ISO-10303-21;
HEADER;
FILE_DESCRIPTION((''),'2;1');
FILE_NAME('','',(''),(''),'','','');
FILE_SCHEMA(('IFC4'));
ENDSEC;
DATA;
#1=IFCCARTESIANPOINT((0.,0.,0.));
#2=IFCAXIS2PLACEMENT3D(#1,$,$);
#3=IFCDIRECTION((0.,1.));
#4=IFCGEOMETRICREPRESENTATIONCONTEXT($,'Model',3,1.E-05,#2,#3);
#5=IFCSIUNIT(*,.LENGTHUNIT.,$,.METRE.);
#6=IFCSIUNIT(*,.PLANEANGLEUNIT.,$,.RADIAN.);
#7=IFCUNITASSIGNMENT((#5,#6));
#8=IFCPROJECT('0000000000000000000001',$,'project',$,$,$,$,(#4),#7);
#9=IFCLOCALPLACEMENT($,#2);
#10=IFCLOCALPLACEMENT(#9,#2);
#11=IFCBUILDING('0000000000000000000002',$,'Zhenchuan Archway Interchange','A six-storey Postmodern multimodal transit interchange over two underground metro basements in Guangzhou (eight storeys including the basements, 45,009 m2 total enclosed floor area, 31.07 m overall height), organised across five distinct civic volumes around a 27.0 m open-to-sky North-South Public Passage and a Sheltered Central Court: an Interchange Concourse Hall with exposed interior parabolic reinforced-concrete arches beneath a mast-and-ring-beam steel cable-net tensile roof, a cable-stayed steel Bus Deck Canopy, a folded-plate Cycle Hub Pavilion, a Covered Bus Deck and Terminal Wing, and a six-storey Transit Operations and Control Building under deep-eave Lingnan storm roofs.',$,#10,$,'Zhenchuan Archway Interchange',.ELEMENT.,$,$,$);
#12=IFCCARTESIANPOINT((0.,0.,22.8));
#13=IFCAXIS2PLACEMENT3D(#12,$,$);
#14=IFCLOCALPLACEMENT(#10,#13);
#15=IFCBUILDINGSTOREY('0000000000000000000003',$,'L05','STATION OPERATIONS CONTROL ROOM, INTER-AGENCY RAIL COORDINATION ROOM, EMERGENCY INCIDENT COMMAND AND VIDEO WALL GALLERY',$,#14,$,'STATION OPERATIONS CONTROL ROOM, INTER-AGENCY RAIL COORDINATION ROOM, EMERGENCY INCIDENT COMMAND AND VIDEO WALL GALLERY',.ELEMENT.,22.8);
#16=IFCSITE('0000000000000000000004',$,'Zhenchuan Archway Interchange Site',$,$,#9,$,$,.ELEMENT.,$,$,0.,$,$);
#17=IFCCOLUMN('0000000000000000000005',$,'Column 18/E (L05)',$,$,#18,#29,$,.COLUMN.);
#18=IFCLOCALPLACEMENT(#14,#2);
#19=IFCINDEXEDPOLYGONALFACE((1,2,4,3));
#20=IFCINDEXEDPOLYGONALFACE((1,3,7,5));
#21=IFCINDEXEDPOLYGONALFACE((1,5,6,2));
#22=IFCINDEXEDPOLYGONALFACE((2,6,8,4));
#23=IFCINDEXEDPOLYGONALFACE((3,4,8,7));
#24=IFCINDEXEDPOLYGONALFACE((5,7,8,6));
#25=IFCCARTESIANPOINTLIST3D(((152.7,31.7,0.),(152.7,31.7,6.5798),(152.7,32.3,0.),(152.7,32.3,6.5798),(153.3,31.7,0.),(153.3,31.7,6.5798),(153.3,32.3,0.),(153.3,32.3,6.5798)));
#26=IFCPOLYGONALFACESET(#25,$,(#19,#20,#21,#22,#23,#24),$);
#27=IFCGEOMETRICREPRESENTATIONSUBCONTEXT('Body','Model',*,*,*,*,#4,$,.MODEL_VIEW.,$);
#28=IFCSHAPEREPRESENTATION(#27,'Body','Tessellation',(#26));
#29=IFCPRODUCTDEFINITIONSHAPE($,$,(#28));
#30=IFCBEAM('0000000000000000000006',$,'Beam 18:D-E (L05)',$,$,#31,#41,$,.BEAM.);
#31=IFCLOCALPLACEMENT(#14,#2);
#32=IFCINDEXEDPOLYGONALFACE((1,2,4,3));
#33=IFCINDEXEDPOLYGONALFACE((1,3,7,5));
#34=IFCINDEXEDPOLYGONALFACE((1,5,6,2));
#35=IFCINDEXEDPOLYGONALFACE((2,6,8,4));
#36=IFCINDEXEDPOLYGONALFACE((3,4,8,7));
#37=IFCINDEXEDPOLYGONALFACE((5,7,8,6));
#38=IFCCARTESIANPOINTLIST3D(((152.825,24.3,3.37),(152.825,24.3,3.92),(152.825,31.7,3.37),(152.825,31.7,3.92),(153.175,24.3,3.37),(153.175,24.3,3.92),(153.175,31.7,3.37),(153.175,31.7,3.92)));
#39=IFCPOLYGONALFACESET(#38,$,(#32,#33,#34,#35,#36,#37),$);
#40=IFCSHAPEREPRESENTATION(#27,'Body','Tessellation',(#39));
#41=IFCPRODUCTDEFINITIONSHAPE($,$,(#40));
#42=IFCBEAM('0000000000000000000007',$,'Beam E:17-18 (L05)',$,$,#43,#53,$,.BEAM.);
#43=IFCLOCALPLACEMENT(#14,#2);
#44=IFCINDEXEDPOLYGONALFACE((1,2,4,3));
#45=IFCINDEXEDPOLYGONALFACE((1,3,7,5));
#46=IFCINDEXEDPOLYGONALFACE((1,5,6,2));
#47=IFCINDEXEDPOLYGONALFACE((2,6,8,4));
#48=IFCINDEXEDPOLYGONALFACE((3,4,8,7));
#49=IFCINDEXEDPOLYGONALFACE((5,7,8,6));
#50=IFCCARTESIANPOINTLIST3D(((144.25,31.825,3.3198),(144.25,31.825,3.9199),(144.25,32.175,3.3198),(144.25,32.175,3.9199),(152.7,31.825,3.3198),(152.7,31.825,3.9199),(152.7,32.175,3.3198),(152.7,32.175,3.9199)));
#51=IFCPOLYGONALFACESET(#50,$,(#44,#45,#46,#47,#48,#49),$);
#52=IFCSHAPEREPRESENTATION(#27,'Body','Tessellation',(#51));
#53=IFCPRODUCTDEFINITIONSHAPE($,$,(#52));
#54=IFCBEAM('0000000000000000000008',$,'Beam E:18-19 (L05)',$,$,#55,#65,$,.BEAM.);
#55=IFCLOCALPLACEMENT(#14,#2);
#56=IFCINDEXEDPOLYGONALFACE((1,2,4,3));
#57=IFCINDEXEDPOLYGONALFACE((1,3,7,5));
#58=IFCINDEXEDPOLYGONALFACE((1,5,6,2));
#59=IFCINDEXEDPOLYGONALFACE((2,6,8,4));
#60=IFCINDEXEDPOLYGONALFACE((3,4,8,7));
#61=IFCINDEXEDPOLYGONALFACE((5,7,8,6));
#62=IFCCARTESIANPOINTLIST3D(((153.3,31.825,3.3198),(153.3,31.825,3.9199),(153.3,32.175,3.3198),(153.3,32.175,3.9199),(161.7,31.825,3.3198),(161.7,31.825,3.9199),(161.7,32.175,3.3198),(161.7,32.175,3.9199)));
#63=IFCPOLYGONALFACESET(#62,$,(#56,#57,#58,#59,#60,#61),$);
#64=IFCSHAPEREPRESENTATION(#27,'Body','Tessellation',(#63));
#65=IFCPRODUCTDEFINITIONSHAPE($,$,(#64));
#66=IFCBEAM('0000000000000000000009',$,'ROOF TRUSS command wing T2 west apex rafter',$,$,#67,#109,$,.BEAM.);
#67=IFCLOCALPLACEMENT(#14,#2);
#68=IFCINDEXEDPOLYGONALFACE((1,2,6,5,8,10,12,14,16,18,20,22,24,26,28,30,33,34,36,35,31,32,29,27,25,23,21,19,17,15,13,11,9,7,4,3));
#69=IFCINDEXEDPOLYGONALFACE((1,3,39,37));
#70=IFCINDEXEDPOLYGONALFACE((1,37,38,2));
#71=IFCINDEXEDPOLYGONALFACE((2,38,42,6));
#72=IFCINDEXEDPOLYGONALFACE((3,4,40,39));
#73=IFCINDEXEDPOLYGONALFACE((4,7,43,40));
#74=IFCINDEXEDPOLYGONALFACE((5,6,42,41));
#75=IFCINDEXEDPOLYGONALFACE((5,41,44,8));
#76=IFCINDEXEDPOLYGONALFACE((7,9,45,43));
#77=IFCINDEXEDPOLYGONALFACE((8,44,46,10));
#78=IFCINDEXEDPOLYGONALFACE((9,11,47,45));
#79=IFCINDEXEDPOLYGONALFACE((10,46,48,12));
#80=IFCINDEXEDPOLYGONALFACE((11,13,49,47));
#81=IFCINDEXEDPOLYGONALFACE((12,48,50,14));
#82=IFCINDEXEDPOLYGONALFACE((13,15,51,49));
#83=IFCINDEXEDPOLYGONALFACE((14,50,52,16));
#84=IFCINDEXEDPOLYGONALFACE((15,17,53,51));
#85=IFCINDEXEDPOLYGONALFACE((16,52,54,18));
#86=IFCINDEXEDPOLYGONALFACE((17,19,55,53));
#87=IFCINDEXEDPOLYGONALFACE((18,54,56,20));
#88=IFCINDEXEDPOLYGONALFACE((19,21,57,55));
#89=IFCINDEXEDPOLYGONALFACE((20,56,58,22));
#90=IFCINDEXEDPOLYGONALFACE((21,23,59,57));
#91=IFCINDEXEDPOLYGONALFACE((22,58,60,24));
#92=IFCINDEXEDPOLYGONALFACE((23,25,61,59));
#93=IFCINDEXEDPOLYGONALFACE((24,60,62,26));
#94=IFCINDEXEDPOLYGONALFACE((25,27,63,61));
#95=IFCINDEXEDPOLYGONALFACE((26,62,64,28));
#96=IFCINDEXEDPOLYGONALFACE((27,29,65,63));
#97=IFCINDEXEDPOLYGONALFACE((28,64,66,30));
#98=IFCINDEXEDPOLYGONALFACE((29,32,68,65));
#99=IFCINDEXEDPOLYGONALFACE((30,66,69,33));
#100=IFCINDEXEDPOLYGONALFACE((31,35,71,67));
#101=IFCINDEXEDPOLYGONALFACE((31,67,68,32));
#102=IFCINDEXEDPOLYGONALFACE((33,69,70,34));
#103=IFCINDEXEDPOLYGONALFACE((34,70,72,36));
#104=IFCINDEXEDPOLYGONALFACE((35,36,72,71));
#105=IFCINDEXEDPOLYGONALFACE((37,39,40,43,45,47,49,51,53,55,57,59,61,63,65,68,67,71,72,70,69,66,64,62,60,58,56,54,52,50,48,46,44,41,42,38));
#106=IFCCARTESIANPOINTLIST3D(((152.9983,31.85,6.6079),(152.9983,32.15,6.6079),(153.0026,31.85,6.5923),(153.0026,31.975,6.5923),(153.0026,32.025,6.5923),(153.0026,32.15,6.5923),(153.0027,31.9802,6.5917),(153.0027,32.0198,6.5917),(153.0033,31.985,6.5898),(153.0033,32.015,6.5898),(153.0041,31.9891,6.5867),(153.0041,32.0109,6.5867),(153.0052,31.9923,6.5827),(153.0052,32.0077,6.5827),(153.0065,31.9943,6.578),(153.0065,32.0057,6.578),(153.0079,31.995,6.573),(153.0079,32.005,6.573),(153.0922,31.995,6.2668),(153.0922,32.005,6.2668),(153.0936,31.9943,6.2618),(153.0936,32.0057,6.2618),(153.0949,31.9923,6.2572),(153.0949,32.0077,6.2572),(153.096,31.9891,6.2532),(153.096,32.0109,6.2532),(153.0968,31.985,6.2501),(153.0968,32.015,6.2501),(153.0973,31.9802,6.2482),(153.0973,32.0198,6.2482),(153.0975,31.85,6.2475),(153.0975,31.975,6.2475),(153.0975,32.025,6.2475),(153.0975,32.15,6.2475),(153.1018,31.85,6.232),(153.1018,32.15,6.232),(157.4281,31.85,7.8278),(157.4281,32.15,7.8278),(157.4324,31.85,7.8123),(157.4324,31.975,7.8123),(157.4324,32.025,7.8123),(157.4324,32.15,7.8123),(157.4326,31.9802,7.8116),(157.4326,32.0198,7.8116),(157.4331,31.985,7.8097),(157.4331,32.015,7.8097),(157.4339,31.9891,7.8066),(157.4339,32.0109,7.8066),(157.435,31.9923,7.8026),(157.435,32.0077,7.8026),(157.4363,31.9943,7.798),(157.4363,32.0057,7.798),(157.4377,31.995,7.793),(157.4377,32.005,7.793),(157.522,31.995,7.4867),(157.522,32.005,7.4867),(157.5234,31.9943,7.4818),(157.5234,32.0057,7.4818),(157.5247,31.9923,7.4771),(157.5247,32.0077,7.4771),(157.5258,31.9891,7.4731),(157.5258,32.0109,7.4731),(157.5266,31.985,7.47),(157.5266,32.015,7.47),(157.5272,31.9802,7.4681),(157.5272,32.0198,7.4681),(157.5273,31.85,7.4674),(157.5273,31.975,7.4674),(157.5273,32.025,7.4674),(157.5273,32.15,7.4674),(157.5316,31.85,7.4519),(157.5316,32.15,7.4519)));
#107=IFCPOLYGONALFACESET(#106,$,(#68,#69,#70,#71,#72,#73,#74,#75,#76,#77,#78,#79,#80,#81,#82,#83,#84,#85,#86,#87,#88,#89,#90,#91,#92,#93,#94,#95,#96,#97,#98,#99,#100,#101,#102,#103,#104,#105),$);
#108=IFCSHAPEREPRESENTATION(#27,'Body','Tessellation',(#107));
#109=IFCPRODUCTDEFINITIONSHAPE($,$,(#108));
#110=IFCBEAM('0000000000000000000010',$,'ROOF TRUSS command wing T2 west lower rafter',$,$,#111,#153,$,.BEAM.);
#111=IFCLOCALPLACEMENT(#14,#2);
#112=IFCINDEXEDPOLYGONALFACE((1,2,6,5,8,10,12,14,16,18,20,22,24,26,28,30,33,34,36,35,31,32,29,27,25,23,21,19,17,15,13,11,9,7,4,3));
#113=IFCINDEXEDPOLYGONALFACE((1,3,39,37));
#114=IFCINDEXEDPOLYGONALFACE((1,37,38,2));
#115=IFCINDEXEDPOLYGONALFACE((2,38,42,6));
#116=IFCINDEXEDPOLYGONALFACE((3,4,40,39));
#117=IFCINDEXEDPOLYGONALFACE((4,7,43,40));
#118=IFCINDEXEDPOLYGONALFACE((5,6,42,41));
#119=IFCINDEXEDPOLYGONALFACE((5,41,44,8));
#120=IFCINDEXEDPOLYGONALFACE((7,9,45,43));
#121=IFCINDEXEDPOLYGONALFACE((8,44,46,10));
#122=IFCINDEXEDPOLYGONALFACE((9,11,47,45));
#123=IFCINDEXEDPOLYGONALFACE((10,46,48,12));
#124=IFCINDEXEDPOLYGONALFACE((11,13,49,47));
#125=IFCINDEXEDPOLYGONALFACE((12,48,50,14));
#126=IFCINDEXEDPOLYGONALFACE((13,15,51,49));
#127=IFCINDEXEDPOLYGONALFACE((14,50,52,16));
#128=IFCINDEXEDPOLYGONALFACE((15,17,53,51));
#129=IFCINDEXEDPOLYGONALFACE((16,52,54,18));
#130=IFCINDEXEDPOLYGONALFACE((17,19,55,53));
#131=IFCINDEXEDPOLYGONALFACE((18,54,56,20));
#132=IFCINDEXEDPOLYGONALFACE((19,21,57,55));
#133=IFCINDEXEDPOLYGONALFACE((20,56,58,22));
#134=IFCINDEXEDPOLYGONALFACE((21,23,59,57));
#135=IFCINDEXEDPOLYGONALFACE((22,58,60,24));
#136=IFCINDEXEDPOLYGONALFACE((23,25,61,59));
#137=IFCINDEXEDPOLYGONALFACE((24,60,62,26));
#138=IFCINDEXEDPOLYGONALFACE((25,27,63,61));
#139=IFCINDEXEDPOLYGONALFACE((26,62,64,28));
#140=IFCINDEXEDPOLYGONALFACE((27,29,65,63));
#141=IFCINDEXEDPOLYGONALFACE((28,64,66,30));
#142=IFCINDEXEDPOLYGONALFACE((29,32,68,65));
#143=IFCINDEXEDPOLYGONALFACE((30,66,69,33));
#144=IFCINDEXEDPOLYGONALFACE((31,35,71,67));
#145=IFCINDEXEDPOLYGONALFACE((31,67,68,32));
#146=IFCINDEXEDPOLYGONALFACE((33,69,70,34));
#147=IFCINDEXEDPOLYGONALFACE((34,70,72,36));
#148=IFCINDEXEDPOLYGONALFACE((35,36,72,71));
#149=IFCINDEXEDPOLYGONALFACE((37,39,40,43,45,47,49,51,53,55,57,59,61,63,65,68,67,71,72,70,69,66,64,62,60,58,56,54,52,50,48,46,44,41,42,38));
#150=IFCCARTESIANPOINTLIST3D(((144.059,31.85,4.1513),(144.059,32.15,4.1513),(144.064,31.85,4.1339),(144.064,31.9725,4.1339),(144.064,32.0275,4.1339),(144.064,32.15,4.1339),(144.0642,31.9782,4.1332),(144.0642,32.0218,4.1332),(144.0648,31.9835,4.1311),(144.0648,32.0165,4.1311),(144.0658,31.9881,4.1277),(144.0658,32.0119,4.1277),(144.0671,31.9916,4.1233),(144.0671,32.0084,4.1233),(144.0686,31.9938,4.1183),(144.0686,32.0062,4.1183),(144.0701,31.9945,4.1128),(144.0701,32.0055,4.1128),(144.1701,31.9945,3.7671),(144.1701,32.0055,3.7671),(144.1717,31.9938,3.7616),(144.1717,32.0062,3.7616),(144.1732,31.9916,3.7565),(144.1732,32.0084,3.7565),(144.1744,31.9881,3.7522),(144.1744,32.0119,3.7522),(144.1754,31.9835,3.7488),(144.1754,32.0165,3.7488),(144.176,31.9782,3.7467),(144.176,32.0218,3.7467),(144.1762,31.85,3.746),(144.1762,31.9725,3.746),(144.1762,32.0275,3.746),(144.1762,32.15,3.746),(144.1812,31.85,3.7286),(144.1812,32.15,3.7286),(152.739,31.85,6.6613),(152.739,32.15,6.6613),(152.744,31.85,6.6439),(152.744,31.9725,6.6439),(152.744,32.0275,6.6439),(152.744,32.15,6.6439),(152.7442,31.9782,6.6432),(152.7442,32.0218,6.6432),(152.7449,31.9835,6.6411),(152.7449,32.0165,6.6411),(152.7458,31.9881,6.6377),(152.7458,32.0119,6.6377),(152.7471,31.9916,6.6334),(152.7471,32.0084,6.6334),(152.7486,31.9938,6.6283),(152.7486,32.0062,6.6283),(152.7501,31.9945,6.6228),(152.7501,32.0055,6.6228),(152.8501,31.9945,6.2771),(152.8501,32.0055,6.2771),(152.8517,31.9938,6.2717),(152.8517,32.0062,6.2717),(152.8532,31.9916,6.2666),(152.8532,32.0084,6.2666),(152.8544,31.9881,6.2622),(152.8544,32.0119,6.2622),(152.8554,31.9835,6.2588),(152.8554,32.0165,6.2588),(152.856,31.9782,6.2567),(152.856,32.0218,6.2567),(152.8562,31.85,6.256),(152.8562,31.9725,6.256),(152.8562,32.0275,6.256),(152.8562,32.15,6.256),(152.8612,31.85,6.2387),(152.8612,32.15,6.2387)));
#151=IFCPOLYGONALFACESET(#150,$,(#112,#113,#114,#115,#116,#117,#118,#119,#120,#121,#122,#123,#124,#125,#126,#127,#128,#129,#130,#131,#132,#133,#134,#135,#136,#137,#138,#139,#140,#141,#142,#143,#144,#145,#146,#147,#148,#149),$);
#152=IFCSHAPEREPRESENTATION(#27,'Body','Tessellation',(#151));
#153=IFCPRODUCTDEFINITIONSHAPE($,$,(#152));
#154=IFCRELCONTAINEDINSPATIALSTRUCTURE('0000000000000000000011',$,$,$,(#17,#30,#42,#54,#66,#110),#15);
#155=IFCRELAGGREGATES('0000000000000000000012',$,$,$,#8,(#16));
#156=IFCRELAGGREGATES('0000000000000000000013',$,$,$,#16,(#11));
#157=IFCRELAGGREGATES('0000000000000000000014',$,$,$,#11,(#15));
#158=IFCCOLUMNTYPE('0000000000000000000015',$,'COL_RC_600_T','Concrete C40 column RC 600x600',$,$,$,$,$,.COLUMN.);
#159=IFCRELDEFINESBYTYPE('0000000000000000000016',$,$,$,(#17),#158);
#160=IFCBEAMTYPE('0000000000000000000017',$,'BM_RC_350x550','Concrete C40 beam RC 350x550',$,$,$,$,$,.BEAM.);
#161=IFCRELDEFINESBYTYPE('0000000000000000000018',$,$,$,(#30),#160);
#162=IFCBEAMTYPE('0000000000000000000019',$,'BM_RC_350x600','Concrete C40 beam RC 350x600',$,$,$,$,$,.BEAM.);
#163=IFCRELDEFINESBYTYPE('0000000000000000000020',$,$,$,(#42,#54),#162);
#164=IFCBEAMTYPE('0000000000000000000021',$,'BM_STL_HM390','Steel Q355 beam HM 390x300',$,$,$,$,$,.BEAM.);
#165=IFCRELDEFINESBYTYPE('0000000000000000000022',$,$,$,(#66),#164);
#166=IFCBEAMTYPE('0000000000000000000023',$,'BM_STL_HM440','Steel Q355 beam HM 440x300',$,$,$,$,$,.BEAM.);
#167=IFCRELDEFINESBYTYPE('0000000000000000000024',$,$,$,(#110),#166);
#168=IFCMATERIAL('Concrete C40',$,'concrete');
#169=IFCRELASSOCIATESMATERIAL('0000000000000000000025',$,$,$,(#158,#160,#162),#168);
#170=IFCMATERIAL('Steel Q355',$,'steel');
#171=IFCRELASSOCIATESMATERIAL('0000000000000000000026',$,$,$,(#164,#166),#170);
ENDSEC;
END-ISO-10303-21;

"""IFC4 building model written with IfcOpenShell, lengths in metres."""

from ifc_helpers import new_model, si_unit, direction, frame, origin, origin_2d, place, context, subcontext, project, spatial, rectangle, i_section, extrude, material, material_profile, profile_set, type_object, element, save


model = new_model("IFC4")

# Units and contexts
model_context = context("Model", 3, precision=1e-05, world=origin(), true_north=direction((0.0, 1.0)))
body_context = subcontext(model_context, "Body", "Model", "MODEL_VIEW")
ifc_project = project(units=[si_unit("LENGTHUNIT", "METRE"), si_unit("PLANEANGLEUNIT", "RADIAN")], contexts=[model_context])

# Site, building, storey
site_placement = place(None, origin())
site = spatial("IfcSite", under=ifc_project, at=site_placement, Name="Zhenchuan Archway Interchange Site", CompositionType="ELEMENT", RefElevation=0.0)
building_placement = place(site_placement, origin())
building = spatial("IfcBuilding", under=site, at=building_placement, Name="Zhenchuan Archway Interchange", Description="A six-storey Postmodern multimodal transit interchange over two underground metro basements in Guangzhou (eight storeys including the basements, 45,009 m2 total enclosed floor area, 31.07 m overall height), organised across five distinct civic volumes around a 27.0 m open-to-sky North-South Public Passage and a Sheltered Central Court: an Interchange Concourse Hall with exposed interior parabolic reinforced-concrete arches beneath a mast-and-ring-beam steel cable-net tensile roof, a cable-stayed steel Bus Deck Canopy, a folded-plate Cycle Hub Pavilion, a Covered Bus Deck and Terminal Wing, and a six-storey Transit Operations and Control Building under deep-eave Lingnan storm roofs.", LongName="Zhenchuan Archway Interchange", CompositionType="ELEMENT")
storey_placement = place(building_placement, frame((0.0, 0.0, 22.8)))
storey = spatial("IfcBuildingStorey", under=building, at=storey_placement, Name="L05", Description="STATION OPERATIONS CONTROL ROOM, INTER-AGENCY RAIL COORDINATION ROOM, EMERGENCY INCIDENT COMMAND AND VIDEO WALL GALLERY", LongName="STATION OPERATIONS CONTROL ROOM, INTER-AGENCY RAIL COORDINATION ROOM, EMERGENCY INCIDENT COMMAND AND VIDEO WALL GALLERY", CompositionType="ELEMENT", Elevation=22.8)

# Column
ifc_material_1 = material(Name="Concrete C40", Category="concrete")
ifc_material_profile_1 = material_profile(ifc_material_1, rectangle(XDim=0.6001, YDim=0.6001, at=origin_2d()), Name="RC 600x600")
ifc_profile_set_1 = profile_set([ifc_material_profile_1], Name="Concrete C40")
column_type = type_object("IfcColumnType", Name="COL_RC_600_T", Description="Concrete C40 column RC 600x600", PredefinedType="COLUMN", material=ifc_profile_set_1)
column_placement = place(storey_placement, frame((153.0, 32.0, 0.0), z_axis=(0.0, 0.0, 1.0), x_axis=(1.0, 0.0, 0.0)))
element("IfcColumn", 1, at=column_placement, inside=storey, type_object=column_type, Name="Column 18/E (L05)", PredefinedType="COLUMN", context=body_context, shape_type="SweptSolid", body=[
    extrude(rectangle(XDim=0.6001, YDim=0.6001, at=origin_2d()), origin(), (0.0, 0.0, 1.0), 6.5798),
])

# Beams
ifc_material_profile_2 = material_profile(ifc_material_1, rectangle(XDim=0.3501, YDim=0.55, at=origin_2d()), Name="RC 350x550")
ifc_profile_set_2 = profile_set([ifc_material_profile_2], Name="Concrete C40")
beam_type_1 = type_object("IfcBeamType", Name="BM_RC_350x550", Description="Concrete C40 beam RC 350x550", PredefinedType="BEAM", material=ifc_profile_set_2)
beam_1_placement = place(storey_placement, frame((153.0, 24.3, 3.645), z_axis=(0.0, 1.0, 0.0), x_axis=(-1.0, 0.0, 0.0)))
element("IfcBeam", 2, at=beam_1_placement, inside=storey, type_object=beam_type_1, Name="Beam 18:D-E (L05)", PredefinedType="BEAM", context=body_context, shape_type="SweptSolid", body=[
    extrude(rectangle(XDim=0.3501, YDim=0.55, at=origin_2d()), origin(), (0.0, 0.0, 1.0), 7.3999),
])
ifc_material_profile_3 = material_profile(ifc_material_1, rectangle(XDim=0.3501, YDim=0.6001, at=origin_2d()), Name="RC 350x600")
ifc_profile_set_3 = profile_set([ifc_material_profile_3], Name="Concrete C40")
beam_type_2 = type_object("IfcBeamType", Name="BM_RC_350x600", Description="Concrete C40 beam RC 350x600", PredefinedType="BEAM", material=ifc_profile_set_3)
beam_2_placement = place(storey_placement, frame((144.25, 32.0, 3.6199), z_axis=(1.0, 0.0, 0.0), x_axis=(0.0, 1.0, 0.0)))
element("IfcBeam", 3, at=beam_2_placement, inside=storey, type_object=beam_type_2, Name="Beam E:17-18 (L05)", PredefinedType="BEAM", context=body_context, shape_type="SweptSolid", body=[
    extrude(rectangle(XDim=0.3501, YDim=0.6001, at=origin_2d()), origin(), (0.0, 0.0, 1.0), 8.45),
])
beam_3_placement = place(storey_placement, frame((153.3, 32.0, 3.6199), z_axis=(1.0, 0.0, 0.0), x_axis=(0.0, 1.0, 0.0)))
element("IfcBeam", 4, at=beam_3_placement, inside=storey, type_object=beam_type_2, Name="Beam E:18-19 (L05)", PredefinedType="BEAM", context=body_context, shape_type="SweptSolid", body=[
    extrude(rectangle(XDim=0.3501, YDim=0.6001, at=origin_2d()), origin(), (0.0, 0.0, 1.0), 8.3999),
])
ifc_material_2 = material(Name="Steel Q355", Category="steel")
ifc_material_profile_4 = material_profile(ifc_material_2, i_section(OverallWidth=0.3, OverallDepth=0.3899, WebThickness=0.01, FlangeThickness=0.0161, FilletRadius=0.02, at=origin_2d()), Name="HM 390x300")
ifc_profile_set_4 = profile_set([ifc_material_profile_4], Name="Steel Q355")
beam_type_3 = type_object("IfcBeamType", Name="BM_STL_HM390", Description="Steel Q355 beam HM 390x300", PredefinedType="BEAM", material=ifc_profile_set_4)
beam_4_placement = place(storey_placement, frame((153.05, 32.0, 6.4199), z_axis=(0.964109, 0.0, 0.265508), x_axis=(0.0, 1.0, 0.0)))
element("IfcBeam", 5, at=beam_4_placement, inside=storey, type_object=beam_type_3, Name="ROOF TRUSS command wing T2 west apex rafter", PredefinedType="BEAM", context=body_context, shape_type="SweptSolid", body=[
    extrude(i_section(OverallWidth=0.3, OverallDepth=0.3899, WebThickness=0.01, FlangeThickness=0.0161, FilletRadius=0.02, at=origin_2d()), origin(), (0.0, 0.0, 1.0), 4.5947),
])
ifc_material_profile_5 = material_profile(ifc_material_2, i_section(OverallWidth=0.3, OverallDepth=0.4399, WebThickness=0.011, FlangeThickness=0.0181, FilletRadius=0.022, at=origin_2d()), Name="HM 440x300")
ifc_profile_set_5 = profile_set([ifc_material_profile_5], Name="Steel Q355")
beam_type_4 = type_object("IfcBeamType", Name="BM_STL_HM440", Description="Steel Q355 beam HM 440x300", PredefinedType="BEAM", material=ifc_profile_set_5)
beam_5_placement = place(storey_placement, frame((144.1201, 32.0, 3.9399), z_axis=(0.960641, 0.0, 0.277792), x_axis=(0.0, 1.0, 0.0)))
element("IfcBeam", 6, at=beam_5_placement, inside=storey, type_object=beam_type_4, Name="ROOF TRUSS command wing T2 west lower rafter", PredefinedType="BEAM", context=body_context, shape_type="SweptSolid", body=[
    extrude(i_section(OverallWidth=0.3, OverallDepth=0.4399, WebThickness=0.011, FlangeThickness=0.0181, FilletRadius=0.022, at=origin_2d()), origin(), (0.0, 0.0, 1.0), 9.0356),
])

save(model, "model.ifc")
